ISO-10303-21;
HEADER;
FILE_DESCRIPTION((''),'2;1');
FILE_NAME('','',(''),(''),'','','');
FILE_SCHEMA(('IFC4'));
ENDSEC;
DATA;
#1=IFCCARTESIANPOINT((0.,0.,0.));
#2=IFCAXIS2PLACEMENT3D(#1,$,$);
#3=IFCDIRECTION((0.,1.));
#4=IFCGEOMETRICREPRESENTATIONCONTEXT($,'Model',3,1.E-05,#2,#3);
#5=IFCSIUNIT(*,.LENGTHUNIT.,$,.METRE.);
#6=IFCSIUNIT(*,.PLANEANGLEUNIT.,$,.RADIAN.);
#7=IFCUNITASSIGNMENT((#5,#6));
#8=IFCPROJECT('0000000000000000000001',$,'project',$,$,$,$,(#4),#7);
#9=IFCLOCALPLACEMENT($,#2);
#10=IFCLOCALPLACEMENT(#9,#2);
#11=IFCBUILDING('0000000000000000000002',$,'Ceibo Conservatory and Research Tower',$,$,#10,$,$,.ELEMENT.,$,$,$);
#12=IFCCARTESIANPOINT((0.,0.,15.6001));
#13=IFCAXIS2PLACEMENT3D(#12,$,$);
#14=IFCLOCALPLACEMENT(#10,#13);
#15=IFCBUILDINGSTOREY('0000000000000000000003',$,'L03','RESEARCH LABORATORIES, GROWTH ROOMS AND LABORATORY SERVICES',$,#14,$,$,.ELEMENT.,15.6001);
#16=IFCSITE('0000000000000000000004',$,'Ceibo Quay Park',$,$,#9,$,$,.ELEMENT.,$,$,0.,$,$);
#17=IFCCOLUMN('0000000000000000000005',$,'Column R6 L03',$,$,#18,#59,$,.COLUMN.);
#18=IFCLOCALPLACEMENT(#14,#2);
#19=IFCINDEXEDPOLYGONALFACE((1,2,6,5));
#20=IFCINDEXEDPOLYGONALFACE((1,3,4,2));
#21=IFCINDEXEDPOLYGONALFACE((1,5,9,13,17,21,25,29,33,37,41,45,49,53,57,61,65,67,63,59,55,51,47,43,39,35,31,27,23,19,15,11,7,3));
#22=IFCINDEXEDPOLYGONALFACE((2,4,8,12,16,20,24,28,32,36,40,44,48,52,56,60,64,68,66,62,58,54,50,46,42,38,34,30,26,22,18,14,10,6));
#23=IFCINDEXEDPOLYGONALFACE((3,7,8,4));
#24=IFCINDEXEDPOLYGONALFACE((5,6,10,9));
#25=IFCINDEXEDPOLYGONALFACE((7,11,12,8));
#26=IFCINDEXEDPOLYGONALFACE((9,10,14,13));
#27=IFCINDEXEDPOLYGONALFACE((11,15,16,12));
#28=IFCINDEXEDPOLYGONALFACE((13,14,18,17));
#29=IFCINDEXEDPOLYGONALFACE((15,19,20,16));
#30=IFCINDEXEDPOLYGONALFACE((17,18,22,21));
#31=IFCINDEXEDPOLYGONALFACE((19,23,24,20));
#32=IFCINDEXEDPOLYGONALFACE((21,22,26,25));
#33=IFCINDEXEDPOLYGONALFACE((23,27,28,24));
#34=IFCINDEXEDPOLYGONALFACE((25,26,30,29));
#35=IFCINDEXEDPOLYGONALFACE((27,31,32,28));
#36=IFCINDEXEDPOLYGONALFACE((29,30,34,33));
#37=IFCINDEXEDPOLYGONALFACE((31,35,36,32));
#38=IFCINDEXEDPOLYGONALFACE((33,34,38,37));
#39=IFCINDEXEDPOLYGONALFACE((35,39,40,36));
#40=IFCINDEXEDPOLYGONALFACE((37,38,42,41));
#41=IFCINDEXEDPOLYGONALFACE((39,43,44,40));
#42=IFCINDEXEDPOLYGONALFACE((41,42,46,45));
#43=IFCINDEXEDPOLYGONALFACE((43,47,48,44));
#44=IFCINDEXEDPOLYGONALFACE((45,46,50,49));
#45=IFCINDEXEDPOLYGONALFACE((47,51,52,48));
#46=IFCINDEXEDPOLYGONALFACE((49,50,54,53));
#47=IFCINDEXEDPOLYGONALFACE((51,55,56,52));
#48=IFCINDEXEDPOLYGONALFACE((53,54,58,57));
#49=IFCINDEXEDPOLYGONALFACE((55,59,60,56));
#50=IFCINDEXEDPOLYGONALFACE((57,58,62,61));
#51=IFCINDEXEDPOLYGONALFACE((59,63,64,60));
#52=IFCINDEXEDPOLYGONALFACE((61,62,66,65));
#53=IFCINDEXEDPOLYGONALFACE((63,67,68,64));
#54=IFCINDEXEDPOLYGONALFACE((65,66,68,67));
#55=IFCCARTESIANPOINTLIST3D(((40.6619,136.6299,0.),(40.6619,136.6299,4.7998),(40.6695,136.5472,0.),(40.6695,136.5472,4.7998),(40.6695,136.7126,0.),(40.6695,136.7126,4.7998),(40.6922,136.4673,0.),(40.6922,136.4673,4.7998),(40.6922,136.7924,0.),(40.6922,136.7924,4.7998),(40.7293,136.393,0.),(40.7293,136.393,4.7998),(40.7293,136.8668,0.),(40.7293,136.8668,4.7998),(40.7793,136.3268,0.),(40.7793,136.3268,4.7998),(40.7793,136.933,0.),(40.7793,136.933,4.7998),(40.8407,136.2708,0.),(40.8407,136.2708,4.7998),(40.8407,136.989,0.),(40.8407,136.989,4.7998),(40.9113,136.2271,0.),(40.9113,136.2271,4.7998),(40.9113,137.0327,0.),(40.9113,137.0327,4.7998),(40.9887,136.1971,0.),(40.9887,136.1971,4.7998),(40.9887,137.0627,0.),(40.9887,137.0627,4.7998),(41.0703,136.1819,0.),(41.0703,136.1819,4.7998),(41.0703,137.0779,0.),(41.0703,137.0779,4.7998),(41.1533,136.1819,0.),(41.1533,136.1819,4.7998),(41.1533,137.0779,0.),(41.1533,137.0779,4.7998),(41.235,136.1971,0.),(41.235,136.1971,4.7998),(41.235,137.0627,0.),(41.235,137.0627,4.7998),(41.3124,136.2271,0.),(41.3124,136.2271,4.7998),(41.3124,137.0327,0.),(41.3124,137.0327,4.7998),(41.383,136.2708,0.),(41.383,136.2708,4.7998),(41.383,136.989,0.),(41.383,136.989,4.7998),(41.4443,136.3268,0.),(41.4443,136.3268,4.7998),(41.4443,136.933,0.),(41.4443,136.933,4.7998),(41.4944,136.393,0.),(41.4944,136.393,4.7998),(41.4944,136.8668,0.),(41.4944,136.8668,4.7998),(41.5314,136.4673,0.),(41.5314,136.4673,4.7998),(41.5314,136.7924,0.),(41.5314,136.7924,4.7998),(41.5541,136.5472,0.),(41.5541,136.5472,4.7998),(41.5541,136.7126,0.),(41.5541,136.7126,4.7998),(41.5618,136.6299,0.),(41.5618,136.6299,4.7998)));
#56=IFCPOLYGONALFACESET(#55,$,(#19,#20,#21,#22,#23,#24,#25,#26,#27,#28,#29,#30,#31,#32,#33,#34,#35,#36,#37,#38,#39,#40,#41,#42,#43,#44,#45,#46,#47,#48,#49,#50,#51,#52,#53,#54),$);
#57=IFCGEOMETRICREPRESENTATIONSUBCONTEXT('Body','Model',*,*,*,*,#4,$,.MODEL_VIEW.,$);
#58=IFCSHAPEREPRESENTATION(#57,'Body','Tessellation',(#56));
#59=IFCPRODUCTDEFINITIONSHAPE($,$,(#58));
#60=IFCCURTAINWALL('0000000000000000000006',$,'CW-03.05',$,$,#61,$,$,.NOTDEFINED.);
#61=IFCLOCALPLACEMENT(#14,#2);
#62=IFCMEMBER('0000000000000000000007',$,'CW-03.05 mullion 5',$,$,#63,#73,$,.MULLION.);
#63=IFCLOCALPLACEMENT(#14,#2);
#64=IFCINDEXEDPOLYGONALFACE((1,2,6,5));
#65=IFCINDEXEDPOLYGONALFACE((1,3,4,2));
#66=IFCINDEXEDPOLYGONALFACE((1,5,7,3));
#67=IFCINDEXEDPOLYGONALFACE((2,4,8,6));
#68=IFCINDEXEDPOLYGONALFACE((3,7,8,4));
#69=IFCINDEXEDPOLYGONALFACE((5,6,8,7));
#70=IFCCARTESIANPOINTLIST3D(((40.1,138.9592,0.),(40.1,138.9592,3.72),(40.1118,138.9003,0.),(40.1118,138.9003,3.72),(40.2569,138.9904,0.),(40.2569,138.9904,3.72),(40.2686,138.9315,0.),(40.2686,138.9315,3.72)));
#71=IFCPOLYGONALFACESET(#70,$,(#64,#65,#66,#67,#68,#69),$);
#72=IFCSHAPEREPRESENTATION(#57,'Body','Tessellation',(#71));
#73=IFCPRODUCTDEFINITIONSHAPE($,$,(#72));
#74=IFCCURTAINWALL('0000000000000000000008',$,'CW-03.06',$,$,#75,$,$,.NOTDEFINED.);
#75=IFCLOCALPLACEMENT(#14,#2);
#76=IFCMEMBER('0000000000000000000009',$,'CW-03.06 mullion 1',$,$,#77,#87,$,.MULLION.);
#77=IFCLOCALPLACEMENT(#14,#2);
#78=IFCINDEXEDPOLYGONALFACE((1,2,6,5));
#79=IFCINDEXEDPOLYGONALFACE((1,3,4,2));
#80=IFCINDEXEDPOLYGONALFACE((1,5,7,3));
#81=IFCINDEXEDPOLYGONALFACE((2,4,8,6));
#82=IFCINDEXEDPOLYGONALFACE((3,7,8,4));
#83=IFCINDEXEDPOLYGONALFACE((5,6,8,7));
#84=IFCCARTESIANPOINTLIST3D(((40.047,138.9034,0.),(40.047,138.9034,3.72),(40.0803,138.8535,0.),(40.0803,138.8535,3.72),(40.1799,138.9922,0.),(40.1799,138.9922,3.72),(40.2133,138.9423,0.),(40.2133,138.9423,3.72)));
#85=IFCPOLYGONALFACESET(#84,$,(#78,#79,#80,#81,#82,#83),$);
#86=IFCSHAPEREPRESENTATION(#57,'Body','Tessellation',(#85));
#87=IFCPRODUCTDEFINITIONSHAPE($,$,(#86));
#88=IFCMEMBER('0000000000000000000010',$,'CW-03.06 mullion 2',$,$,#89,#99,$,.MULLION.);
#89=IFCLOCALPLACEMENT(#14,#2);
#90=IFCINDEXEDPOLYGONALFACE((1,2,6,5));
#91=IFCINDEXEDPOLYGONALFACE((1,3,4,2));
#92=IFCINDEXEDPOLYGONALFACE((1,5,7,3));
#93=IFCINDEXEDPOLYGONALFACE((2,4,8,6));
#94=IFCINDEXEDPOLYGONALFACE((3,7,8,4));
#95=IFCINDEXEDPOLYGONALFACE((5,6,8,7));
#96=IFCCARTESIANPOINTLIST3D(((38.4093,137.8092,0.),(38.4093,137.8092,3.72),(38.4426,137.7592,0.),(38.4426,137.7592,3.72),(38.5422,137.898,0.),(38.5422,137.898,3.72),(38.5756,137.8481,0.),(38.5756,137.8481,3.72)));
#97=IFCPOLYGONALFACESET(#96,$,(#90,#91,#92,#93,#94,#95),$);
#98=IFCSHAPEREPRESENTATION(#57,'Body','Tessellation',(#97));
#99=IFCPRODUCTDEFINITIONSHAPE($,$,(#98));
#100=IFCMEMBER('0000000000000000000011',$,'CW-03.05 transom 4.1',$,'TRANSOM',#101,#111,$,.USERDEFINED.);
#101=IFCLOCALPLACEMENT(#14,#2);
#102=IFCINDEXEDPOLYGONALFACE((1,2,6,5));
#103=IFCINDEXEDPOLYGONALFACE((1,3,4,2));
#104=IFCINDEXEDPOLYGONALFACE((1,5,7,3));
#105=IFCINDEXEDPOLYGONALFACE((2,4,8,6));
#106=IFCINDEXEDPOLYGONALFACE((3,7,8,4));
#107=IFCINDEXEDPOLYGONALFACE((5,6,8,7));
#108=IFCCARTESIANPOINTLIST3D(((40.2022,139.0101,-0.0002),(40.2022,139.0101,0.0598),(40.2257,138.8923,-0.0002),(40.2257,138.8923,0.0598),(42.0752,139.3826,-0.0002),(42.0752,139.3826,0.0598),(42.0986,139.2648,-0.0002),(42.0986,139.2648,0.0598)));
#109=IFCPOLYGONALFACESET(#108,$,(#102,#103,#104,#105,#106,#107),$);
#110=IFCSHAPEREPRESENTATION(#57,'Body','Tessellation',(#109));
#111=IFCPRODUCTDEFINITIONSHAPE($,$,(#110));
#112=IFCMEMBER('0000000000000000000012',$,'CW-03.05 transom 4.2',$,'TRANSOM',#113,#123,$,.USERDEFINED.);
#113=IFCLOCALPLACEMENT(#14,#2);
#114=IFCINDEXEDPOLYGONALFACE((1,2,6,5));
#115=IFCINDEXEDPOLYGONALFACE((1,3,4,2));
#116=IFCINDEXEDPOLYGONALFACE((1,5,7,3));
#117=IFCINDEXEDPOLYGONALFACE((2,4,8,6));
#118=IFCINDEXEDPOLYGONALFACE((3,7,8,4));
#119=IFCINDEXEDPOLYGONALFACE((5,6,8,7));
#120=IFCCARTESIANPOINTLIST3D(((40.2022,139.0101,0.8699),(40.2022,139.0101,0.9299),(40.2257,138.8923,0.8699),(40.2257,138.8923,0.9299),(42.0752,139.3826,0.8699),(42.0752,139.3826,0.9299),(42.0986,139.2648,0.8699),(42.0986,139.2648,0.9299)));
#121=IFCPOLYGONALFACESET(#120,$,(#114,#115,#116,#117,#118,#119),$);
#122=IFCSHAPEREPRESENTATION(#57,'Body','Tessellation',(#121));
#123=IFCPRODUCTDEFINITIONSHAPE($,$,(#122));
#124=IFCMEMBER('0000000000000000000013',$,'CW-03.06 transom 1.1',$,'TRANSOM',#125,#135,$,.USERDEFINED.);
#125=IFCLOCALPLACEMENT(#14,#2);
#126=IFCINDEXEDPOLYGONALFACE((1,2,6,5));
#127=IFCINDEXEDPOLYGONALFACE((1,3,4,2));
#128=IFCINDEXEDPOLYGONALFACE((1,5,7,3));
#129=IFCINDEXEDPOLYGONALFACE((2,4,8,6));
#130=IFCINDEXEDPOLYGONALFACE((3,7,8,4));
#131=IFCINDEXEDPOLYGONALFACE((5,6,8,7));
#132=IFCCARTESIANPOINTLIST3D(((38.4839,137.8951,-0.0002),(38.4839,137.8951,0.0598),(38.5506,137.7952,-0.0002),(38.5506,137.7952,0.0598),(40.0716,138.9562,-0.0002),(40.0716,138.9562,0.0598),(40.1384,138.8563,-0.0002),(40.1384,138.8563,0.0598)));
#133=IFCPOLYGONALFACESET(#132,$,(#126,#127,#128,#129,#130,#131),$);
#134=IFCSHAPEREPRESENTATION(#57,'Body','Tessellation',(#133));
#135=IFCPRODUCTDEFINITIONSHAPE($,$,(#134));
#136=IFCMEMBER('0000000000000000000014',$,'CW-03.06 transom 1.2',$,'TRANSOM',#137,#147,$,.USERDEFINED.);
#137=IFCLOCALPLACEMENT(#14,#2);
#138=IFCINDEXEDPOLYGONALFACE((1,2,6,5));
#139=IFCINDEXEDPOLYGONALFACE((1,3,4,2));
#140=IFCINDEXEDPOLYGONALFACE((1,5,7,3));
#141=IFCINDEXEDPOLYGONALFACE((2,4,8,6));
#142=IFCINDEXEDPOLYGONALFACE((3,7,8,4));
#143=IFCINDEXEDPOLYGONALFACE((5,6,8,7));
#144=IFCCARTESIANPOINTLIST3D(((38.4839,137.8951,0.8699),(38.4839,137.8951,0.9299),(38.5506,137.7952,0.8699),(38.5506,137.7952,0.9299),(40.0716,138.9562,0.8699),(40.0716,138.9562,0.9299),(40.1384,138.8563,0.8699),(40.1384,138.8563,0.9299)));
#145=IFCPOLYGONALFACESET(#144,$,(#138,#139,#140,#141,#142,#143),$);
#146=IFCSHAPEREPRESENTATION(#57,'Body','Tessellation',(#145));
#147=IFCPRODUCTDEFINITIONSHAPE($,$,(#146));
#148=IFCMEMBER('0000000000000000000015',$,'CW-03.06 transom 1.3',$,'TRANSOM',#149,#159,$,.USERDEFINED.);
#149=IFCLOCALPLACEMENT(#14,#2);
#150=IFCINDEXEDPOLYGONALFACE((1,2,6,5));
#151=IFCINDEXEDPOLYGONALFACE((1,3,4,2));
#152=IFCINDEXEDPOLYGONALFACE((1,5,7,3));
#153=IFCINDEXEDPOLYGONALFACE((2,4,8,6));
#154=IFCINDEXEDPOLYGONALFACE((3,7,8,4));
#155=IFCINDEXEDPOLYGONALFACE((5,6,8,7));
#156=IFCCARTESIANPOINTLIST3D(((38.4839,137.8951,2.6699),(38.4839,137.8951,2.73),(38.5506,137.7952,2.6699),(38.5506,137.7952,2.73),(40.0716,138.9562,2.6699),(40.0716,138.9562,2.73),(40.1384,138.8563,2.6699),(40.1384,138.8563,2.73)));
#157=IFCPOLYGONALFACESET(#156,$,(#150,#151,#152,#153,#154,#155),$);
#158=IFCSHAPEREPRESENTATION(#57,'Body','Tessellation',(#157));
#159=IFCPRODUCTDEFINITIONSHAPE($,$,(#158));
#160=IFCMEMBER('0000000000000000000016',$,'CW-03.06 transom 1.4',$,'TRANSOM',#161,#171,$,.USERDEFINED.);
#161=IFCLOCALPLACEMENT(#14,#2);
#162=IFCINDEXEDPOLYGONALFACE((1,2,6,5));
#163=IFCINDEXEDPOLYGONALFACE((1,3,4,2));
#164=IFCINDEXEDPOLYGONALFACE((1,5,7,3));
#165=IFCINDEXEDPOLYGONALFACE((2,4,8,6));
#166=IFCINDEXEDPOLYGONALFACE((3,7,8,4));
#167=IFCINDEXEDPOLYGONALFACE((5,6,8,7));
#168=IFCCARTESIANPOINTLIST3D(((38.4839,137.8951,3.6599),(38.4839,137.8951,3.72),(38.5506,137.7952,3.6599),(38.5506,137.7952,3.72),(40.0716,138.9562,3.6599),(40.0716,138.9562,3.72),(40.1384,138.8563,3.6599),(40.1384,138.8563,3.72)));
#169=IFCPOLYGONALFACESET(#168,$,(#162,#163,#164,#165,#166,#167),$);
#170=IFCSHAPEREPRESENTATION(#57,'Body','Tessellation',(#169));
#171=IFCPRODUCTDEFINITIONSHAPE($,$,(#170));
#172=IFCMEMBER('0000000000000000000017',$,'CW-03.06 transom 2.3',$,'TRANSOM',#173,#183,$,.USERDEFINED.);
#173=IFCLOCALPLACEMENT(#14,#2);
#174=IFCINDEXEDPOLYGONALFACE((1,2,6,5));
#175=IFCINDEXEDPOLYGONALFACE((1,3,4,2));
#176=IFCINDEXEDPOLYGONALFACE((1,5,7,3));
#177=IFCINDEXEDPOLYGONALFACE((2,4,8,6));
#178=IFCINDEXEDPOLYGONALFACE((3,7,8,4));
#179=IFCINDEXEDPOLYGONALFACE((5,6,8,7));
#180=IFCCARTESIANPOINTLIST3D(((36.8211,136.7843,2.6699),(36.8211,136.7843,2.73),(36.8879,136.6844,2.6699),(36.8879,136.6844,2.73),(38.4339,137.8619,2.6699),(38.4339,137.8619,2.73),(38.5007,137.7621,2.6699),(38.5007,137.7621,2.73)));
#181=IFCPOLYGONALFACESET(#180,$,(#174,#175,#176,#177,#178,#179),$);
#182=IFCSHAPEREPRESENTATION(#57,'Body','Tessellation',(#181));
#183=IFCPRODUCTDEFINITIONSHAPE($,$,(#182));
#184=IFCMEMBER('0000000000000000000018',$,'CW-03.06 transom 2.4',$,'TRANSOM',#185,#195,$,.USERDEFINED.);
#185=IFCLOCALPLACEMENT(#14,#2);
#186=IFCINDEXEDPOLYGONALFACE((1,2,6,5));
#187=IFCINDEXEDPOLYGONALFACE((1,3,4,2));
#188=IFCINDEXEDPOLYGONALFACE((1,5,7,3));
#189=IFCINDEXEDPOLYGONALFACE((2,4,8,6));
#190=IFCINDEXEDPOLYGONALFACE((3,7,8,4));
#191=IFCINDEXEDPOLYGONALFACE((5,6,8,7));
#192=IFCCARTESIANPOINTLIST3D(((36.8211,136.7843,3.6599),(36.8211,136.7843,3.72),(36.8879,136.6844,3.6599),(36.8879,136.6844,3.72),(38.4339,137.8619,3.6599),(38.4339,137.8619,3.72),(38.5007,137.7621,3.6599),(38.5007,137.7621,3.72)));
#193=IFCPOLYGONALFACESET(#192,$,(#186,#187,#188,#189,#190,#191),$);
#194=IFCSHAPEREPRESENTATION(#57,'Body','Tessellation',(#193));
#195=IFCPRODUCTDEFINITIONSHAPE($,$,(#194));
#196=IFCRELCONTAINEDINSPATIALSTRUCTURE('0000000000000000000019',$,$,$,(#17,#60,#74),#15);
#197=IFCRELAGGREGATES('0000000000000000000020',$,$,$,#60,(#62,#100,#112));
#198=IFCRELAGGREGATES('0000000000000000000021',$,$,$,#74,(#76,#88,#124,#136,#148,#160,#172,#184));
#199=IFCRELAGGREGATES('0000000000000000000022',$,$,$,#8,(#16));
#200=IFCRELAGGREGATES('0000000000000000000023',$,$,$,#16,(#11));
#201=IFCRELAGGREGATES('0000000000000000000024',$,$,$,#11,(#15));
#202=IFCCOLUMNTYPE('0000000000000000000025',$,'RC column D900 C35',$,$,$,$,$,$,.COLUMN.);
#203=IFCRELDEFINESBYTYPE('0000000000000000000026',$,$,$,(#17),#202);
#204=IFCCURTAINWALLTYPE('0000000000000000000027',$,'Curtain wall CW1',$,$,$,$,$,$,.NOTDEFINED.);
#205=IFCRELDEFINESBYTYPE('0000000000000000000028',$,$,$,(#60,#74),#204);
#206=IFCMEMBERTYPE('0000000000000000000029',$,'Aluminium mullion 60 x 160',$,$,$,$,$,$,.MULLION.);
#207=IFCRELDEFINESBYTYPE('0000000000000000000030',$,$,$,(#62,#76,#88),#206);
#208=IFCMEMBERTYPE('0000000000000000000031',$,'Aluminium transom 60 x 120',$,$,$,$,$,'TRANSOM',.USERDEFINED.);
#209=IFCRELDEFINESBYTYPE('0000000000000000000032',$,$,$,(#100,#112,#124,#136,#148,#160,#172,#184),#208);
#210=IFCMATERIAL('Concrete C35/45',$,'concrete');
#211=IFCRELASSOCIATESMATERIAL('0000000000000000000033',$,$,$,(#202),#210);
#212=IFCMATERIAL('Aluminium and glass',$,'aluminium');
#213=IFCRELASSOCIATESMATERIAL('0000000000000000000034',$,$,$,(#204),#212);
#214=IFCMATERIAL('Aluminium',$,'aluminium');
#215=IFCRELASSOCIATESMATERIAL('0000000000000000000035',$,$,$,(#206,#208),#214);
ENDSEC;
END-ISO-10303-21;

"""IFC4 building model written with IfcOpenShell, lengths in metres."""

from ifc_helpers import new_model, si_unit, direction, frame, origin, origin_2d, place, context, subcontext, project, spatial, rectangle, circle, extrude, material, material_profile, profile_set, type_object, element, aggregate, save


model = new_model("IFC4")

# Units and contexts
model_context = context("Model", 3, precision=1e-05, world=origin(), true_north=direction((0.0, 1.0)))
body_context = subcontext(model_context, "Body", "Model", "MODEL_VIEW")
ifc_project = project(units=[si_unit("LENGTHUNIT", "METRE"), si_unit("PLANEANGLEUNIT", "RADIAN")], contexts=[model_context])

# Site, building, storey
site_placement = place(None, origin())
site = spatial("IfcSite", under=ifc_project, at=site_placement, Name="Ceibo Quay Park", CompositionType="ELEMENT", RefElevation=0.0)
building_placement = place(site_placement, origin())
building = spatial("IfcBuilding", under=site, at=building_placement, Name="Ceibo Conservatory and Research Tower", CompositionType="ELEMENT")
storey_placement = place(building_placement, frame((0.0, 0.0, 15.6001)))
storey = spatial("IfcBuildingStorey", under=building, at=storey_placement, Name="L03", Description="RESEARCH LABORATORIES, GROWTH ROOMS AND LABORATORY SERVICES", CompositionType="ELEMENT", Elevation=15.6001)

# Column
ifc_material_1 = material(Name="Concrete C35/45", Category="concrete")
ifc_material_profile_1 = material_profile(ifc_material_1, circle(Radius=0.45, at=origin_2d()), Name="RC D900")
ifc_profile_set_1 = profile_set([ifc_material_profile_1], Name="Concrete C35/45")
column_type = type_object("IfcColumnType", Name="RC column D900 C35", PredefinedType="COLUMN", material=ifc_profile_set_1)
column_placement = place(storey_placement, frame((41.1118, 136.6299, 0.0), z_axis=(0.0, 0.0, 1.0), x_axis=(1.0, 0.0, 0.0)))
element("IfcColumn", 1, at=column_placement, inside=storey, type_object=column_type, Name="Column R6 L03", PredefinedType="COLUMN", context=body_context, shape_type="SweptSolid", body=[
    extrude(circle(Radius=0.45, at=origin_2d()), origin(), (0.0, 0.0, 1.0), 4.7998),
])

# Curtain wall, member
ifc_material_2 = material(Name="Aluminium and glass", Category="aluminium")
curtain_wall_type = type_object("IfcCurtainWallType", Name="Curtain wall CW1", PredefinedType="NOTDEFINED", material=ifc_material_2)
curtain_wall_1_placement = place(storey_placement, origin())
curtain_wall_1 = element("IfcCurtainWall", 2, at=curtain_wall_1_placement, inside=storey, type_object=curtain_wall_type, Name="CW-03.05", PredefinedType="NOTDEFINED")
ifc_material_3 = material(Name="Aluminium", Category="aluminium")
ifc_material_profile_2 = material_profile(ifc_material_3, rectangle(XDim=0.0601, YDim=0.1599, at=origin_2d()), Name="Aluminium 60 x 160")
ifc_profile_set_2 = profile_set([ifc_material_profile_2], Name="Aluminium")
member_type_1 = type_object("IfcMemberType", Name="Aluminium mullion 60 x 160", PredefinedType="MULLION", material=ifc_profile_set_2)
member_1_placement = place(storey_placement, frame((40.1843, 138.9453, 0.0), z_axis=(0.0, 0.0, 1.0), x_axis=(0.19509, -0.980785, 0.0)))
member_1 = element("IfcMember", 3, at=member_1_placement, type_object=member_type_1, Name="CW-03.05 mullion 5", PredefinedType="MULLION", context=body_context, shape_type="SweptSolid", body=[
    extrude(rectangle(XDim=0.0601, YDim=0.1599, at=origin_2d()), origin(), (0.0, 0.0, 1.0), 3.72),
])

# Curtain wall, members
curtain_wall_2_placement = place(storey_placement, origin())
curtain_wall_2 = element("IfcCurtainWall", 4, at=curtain_wall_2_placement, inside=storey, type_object=curtain_wall_type, Name="CW-03.06", PredefinedType="NOTDEFINED")
member_2_placement = place(storey_placement, frame((40.1301, 138.9229, 0.0), z_axis=(0.0, 0.0, 1.0), x_axis=(0.55557, -0.83147, 0.0)))
member_2 = element("IfcMember", 5, at=member_2_placement, type_object=member_type_1, Name="CW-03.06 mullion 1", PredefinedType="MULLION", context=body_context, shape_type="SweptSolid", body=[
    extrude(rectangle(XDim=0.0601, YDim=0.1599, at=origin_2d()), origin(), (0.0, 0.0, 1.0), 3.72),
])
member_3_placement = place(storey_placement, frame((38.4924, 137.8286, 0.0), z_axis=(0.0, 0.0, 1.0), x_axis=(0.55557, -0.83147, 0.0)))
member_3 = element("IfcMember", 6, at=member_3_placement, type_object=member_type_1, Name="CW-03.06 mullion 2", PredefinedType="MULLION", context=body_context, shape_type="SweptSolid", body=[
    extrude(rectangle(XDim=0.0601, YDim=0.1599, at=origin_2d()), origin(), (0.0, 0.0, 1.0), 3.72),
])

# Members
ifc_material_profile_3 = material_profile(ifc_material_3, rectangle(XDim=0.1201, YDim=0.0601, at=origin_2d()), Name="Aluminium 60 x 120")
ifc_profile_set_3 = profile_set([ifc_material_profile_3], Name="Aluminium")
member_type_2 = type_object("IfcMemberType", Name="Aluminium transom 60 x 120", ElementType="TRANSOM", PredefinedType="USERDEFINED", material=ifc_profile_set_3)
member_4_placement = place(storey_placement, frame((42.0869, 139.3237, 0.0298), z_axis=(-0.980787, -0.195083, 0.0), x_axis=(0.195083, -0.980787, 0.0)))
member_4 = element("IfcMember", 7, at=member_4_placement, type_object=member_type_2, Name="CW-03.05 transom 4.1", ObjectType="TRANSOM", PredefinedType="USERDEFINED", context=body_context, shape_type="SweptSolid", body=[
    extrude(rectangle(XDim=0.1201, YDim=0.0601, at=origin_2d()), origin(), (0.0, 0.0, 1.0), 1.9097),
])
member_5_placement = place(storey_placement, frame((42.0869, 139.3237, 0.8999), z_axis=(-0.980787, -0.195083, 0.0), x_axis=(0.195083, -0.980787, 0.0)))
member_5 = element("IfcMember", 8, at=member_5_placement, type_object=member_type_2, Name="CW-03.05 transom 4.2", ObjectType="TRANSOM", PredefinedType="USERDEFINED", context=body_context, shape_type="SweptSolid", body=[
    extrude(rectangle(XDim=0.1201, YDim=0.0601, at=origin_2d()), origin(), (0.0, 0.0, 1.0), 1.9097),
])
member_6_placement = place(storey_placement, frame((40.105, 138.9062, 0.0298), z_axis=(-0.83142, -0.555644, 0.0), x_axis=(0.555644, -0.83142, 0.0)))
member_6 = element("IfcMember", 9, at=member_6_placement, type_object=member_type_2, Name="CW-03.06 transom 1.1", ObjectType="TRANSOM", PredefinedType="USERDEFINED", context=body_context, shape_type="SweptSolid", body=[
    extrude(rectangle(XDim=0.1201, YDim=0.0601, at=origin_2d()), origin(), (0.0, 0.0, 1.0), 1.9097),
])
member_7_placement = place(storey_placement, frame((40.105, 138.9062, 0.8999), z_axis=(-0.83142, -0.555644, 0.0), x_axis=(0.555644, -0.83142, 0.0)))
member_7 = element("IfcMember", 10, at=member_7_placement, type_object=member_type_2, Name="CW-03.06 transom 1.2", ObjectType="TRANSOM", PredefinedType="USERDEFINED", context=body_context, shape_type="SweptSolid", body=[
    extrude(rectangle(XDim=0.1201, YDim=0.0601, at=origin_2d()), origin(), (0.0, 0.0, 1.0), 1.9097),
])
member_8_placement = place(storey_placement, frame((40.105, 138.9062, 2.7), z_axis=(-0.83142, -0.555644, 0.0), x_axis=(0.555644, -0.83142, 0.0)))
member_8 = element("IfcMember", 11, at=member_8_placement, type_object=member_type_2, Name="CW-03.06 transom 1.3", ObjectType="TRANSOM", PredefinedType="USERDEFINED", context=body_context, shape_type="SweptSolid", body=[
    extrude(rectangle(XDim=0.1201, YDim=0.0601, at=origin_2d()), origin(), (0.0, 0.0, 1.0), 1.9097),
])
member_9_placement = place(storey_placement, frame((40.105, 138.9062, 3.6899), z_axis=(-0.83142, -0.555644, 0.0), x_axis=(0.555644, -0.83142, 0.0)))
member_9 = element("IfcMember", 12, at=member_9_placement, type_object=member_type_2, Name="CW-03.06 transom 1.4", ObjectType="TRANSOM", PredefinedType="USERDEFINED", context=body_context, shape_type="SweptSolid", body=[
    extrude(rectangle(XDim=0.1201, YDim=0.0601, at=origin_2d()), origin(), (0.0, 0.0, 1.0), 1.9097),
])
member_10_placement = place(storey_placement, frame((38.4673, 137.812, 2.7), z_axis=(-0.831469, -0.555571, 0.0), x_axis=(0.555571, -0.831469, 0.0)))
member_10 = element("IfcMember", 13, at=member_10_placement, type_object=member_type_2, Name="CW-03.06 transom 2.3", ObjectType="TRANSOM", PredefinedType="USERDEFINED", context=body_context, shape_type="SweptSolid", body=[
    extrude(rectangle(XDim=0.1201, YDim=0.0601, at=origin_2d()), origin(), (0.0, 0.0, 1.0), 1.9397),
])
member_11_placement = place(storey_placement, frame((38.4673, 137.812, 3.6899), z_axis=(-0.831469, -0.555571, 0.0), x_axis=(0.555571, -0.831469, 0.0)))
member_11 = element("IfcMember", 14, at=member_11_placement, type_object=member_type_2, Name="CW-03.06 transom 2.4", ObjectType="TRANSOM", PredefinedType="USERDEFINED", context=body_context, shape_type="SweptSolid", body=[
    extrude(rectangle(XDim=0.1201, YDim=0.0601, at=origin_2d()), origin(), (0.0, 0.0, 1.0), 1.9397),
])

aggregate(curtain_wall_1, [member_1, member_4, member_5])
aggregate(curtain_wall_2, [member_2, member_3, member_6, member_7, member_8, member_9, member_10, member_11])

save(model, "model.ifc")
